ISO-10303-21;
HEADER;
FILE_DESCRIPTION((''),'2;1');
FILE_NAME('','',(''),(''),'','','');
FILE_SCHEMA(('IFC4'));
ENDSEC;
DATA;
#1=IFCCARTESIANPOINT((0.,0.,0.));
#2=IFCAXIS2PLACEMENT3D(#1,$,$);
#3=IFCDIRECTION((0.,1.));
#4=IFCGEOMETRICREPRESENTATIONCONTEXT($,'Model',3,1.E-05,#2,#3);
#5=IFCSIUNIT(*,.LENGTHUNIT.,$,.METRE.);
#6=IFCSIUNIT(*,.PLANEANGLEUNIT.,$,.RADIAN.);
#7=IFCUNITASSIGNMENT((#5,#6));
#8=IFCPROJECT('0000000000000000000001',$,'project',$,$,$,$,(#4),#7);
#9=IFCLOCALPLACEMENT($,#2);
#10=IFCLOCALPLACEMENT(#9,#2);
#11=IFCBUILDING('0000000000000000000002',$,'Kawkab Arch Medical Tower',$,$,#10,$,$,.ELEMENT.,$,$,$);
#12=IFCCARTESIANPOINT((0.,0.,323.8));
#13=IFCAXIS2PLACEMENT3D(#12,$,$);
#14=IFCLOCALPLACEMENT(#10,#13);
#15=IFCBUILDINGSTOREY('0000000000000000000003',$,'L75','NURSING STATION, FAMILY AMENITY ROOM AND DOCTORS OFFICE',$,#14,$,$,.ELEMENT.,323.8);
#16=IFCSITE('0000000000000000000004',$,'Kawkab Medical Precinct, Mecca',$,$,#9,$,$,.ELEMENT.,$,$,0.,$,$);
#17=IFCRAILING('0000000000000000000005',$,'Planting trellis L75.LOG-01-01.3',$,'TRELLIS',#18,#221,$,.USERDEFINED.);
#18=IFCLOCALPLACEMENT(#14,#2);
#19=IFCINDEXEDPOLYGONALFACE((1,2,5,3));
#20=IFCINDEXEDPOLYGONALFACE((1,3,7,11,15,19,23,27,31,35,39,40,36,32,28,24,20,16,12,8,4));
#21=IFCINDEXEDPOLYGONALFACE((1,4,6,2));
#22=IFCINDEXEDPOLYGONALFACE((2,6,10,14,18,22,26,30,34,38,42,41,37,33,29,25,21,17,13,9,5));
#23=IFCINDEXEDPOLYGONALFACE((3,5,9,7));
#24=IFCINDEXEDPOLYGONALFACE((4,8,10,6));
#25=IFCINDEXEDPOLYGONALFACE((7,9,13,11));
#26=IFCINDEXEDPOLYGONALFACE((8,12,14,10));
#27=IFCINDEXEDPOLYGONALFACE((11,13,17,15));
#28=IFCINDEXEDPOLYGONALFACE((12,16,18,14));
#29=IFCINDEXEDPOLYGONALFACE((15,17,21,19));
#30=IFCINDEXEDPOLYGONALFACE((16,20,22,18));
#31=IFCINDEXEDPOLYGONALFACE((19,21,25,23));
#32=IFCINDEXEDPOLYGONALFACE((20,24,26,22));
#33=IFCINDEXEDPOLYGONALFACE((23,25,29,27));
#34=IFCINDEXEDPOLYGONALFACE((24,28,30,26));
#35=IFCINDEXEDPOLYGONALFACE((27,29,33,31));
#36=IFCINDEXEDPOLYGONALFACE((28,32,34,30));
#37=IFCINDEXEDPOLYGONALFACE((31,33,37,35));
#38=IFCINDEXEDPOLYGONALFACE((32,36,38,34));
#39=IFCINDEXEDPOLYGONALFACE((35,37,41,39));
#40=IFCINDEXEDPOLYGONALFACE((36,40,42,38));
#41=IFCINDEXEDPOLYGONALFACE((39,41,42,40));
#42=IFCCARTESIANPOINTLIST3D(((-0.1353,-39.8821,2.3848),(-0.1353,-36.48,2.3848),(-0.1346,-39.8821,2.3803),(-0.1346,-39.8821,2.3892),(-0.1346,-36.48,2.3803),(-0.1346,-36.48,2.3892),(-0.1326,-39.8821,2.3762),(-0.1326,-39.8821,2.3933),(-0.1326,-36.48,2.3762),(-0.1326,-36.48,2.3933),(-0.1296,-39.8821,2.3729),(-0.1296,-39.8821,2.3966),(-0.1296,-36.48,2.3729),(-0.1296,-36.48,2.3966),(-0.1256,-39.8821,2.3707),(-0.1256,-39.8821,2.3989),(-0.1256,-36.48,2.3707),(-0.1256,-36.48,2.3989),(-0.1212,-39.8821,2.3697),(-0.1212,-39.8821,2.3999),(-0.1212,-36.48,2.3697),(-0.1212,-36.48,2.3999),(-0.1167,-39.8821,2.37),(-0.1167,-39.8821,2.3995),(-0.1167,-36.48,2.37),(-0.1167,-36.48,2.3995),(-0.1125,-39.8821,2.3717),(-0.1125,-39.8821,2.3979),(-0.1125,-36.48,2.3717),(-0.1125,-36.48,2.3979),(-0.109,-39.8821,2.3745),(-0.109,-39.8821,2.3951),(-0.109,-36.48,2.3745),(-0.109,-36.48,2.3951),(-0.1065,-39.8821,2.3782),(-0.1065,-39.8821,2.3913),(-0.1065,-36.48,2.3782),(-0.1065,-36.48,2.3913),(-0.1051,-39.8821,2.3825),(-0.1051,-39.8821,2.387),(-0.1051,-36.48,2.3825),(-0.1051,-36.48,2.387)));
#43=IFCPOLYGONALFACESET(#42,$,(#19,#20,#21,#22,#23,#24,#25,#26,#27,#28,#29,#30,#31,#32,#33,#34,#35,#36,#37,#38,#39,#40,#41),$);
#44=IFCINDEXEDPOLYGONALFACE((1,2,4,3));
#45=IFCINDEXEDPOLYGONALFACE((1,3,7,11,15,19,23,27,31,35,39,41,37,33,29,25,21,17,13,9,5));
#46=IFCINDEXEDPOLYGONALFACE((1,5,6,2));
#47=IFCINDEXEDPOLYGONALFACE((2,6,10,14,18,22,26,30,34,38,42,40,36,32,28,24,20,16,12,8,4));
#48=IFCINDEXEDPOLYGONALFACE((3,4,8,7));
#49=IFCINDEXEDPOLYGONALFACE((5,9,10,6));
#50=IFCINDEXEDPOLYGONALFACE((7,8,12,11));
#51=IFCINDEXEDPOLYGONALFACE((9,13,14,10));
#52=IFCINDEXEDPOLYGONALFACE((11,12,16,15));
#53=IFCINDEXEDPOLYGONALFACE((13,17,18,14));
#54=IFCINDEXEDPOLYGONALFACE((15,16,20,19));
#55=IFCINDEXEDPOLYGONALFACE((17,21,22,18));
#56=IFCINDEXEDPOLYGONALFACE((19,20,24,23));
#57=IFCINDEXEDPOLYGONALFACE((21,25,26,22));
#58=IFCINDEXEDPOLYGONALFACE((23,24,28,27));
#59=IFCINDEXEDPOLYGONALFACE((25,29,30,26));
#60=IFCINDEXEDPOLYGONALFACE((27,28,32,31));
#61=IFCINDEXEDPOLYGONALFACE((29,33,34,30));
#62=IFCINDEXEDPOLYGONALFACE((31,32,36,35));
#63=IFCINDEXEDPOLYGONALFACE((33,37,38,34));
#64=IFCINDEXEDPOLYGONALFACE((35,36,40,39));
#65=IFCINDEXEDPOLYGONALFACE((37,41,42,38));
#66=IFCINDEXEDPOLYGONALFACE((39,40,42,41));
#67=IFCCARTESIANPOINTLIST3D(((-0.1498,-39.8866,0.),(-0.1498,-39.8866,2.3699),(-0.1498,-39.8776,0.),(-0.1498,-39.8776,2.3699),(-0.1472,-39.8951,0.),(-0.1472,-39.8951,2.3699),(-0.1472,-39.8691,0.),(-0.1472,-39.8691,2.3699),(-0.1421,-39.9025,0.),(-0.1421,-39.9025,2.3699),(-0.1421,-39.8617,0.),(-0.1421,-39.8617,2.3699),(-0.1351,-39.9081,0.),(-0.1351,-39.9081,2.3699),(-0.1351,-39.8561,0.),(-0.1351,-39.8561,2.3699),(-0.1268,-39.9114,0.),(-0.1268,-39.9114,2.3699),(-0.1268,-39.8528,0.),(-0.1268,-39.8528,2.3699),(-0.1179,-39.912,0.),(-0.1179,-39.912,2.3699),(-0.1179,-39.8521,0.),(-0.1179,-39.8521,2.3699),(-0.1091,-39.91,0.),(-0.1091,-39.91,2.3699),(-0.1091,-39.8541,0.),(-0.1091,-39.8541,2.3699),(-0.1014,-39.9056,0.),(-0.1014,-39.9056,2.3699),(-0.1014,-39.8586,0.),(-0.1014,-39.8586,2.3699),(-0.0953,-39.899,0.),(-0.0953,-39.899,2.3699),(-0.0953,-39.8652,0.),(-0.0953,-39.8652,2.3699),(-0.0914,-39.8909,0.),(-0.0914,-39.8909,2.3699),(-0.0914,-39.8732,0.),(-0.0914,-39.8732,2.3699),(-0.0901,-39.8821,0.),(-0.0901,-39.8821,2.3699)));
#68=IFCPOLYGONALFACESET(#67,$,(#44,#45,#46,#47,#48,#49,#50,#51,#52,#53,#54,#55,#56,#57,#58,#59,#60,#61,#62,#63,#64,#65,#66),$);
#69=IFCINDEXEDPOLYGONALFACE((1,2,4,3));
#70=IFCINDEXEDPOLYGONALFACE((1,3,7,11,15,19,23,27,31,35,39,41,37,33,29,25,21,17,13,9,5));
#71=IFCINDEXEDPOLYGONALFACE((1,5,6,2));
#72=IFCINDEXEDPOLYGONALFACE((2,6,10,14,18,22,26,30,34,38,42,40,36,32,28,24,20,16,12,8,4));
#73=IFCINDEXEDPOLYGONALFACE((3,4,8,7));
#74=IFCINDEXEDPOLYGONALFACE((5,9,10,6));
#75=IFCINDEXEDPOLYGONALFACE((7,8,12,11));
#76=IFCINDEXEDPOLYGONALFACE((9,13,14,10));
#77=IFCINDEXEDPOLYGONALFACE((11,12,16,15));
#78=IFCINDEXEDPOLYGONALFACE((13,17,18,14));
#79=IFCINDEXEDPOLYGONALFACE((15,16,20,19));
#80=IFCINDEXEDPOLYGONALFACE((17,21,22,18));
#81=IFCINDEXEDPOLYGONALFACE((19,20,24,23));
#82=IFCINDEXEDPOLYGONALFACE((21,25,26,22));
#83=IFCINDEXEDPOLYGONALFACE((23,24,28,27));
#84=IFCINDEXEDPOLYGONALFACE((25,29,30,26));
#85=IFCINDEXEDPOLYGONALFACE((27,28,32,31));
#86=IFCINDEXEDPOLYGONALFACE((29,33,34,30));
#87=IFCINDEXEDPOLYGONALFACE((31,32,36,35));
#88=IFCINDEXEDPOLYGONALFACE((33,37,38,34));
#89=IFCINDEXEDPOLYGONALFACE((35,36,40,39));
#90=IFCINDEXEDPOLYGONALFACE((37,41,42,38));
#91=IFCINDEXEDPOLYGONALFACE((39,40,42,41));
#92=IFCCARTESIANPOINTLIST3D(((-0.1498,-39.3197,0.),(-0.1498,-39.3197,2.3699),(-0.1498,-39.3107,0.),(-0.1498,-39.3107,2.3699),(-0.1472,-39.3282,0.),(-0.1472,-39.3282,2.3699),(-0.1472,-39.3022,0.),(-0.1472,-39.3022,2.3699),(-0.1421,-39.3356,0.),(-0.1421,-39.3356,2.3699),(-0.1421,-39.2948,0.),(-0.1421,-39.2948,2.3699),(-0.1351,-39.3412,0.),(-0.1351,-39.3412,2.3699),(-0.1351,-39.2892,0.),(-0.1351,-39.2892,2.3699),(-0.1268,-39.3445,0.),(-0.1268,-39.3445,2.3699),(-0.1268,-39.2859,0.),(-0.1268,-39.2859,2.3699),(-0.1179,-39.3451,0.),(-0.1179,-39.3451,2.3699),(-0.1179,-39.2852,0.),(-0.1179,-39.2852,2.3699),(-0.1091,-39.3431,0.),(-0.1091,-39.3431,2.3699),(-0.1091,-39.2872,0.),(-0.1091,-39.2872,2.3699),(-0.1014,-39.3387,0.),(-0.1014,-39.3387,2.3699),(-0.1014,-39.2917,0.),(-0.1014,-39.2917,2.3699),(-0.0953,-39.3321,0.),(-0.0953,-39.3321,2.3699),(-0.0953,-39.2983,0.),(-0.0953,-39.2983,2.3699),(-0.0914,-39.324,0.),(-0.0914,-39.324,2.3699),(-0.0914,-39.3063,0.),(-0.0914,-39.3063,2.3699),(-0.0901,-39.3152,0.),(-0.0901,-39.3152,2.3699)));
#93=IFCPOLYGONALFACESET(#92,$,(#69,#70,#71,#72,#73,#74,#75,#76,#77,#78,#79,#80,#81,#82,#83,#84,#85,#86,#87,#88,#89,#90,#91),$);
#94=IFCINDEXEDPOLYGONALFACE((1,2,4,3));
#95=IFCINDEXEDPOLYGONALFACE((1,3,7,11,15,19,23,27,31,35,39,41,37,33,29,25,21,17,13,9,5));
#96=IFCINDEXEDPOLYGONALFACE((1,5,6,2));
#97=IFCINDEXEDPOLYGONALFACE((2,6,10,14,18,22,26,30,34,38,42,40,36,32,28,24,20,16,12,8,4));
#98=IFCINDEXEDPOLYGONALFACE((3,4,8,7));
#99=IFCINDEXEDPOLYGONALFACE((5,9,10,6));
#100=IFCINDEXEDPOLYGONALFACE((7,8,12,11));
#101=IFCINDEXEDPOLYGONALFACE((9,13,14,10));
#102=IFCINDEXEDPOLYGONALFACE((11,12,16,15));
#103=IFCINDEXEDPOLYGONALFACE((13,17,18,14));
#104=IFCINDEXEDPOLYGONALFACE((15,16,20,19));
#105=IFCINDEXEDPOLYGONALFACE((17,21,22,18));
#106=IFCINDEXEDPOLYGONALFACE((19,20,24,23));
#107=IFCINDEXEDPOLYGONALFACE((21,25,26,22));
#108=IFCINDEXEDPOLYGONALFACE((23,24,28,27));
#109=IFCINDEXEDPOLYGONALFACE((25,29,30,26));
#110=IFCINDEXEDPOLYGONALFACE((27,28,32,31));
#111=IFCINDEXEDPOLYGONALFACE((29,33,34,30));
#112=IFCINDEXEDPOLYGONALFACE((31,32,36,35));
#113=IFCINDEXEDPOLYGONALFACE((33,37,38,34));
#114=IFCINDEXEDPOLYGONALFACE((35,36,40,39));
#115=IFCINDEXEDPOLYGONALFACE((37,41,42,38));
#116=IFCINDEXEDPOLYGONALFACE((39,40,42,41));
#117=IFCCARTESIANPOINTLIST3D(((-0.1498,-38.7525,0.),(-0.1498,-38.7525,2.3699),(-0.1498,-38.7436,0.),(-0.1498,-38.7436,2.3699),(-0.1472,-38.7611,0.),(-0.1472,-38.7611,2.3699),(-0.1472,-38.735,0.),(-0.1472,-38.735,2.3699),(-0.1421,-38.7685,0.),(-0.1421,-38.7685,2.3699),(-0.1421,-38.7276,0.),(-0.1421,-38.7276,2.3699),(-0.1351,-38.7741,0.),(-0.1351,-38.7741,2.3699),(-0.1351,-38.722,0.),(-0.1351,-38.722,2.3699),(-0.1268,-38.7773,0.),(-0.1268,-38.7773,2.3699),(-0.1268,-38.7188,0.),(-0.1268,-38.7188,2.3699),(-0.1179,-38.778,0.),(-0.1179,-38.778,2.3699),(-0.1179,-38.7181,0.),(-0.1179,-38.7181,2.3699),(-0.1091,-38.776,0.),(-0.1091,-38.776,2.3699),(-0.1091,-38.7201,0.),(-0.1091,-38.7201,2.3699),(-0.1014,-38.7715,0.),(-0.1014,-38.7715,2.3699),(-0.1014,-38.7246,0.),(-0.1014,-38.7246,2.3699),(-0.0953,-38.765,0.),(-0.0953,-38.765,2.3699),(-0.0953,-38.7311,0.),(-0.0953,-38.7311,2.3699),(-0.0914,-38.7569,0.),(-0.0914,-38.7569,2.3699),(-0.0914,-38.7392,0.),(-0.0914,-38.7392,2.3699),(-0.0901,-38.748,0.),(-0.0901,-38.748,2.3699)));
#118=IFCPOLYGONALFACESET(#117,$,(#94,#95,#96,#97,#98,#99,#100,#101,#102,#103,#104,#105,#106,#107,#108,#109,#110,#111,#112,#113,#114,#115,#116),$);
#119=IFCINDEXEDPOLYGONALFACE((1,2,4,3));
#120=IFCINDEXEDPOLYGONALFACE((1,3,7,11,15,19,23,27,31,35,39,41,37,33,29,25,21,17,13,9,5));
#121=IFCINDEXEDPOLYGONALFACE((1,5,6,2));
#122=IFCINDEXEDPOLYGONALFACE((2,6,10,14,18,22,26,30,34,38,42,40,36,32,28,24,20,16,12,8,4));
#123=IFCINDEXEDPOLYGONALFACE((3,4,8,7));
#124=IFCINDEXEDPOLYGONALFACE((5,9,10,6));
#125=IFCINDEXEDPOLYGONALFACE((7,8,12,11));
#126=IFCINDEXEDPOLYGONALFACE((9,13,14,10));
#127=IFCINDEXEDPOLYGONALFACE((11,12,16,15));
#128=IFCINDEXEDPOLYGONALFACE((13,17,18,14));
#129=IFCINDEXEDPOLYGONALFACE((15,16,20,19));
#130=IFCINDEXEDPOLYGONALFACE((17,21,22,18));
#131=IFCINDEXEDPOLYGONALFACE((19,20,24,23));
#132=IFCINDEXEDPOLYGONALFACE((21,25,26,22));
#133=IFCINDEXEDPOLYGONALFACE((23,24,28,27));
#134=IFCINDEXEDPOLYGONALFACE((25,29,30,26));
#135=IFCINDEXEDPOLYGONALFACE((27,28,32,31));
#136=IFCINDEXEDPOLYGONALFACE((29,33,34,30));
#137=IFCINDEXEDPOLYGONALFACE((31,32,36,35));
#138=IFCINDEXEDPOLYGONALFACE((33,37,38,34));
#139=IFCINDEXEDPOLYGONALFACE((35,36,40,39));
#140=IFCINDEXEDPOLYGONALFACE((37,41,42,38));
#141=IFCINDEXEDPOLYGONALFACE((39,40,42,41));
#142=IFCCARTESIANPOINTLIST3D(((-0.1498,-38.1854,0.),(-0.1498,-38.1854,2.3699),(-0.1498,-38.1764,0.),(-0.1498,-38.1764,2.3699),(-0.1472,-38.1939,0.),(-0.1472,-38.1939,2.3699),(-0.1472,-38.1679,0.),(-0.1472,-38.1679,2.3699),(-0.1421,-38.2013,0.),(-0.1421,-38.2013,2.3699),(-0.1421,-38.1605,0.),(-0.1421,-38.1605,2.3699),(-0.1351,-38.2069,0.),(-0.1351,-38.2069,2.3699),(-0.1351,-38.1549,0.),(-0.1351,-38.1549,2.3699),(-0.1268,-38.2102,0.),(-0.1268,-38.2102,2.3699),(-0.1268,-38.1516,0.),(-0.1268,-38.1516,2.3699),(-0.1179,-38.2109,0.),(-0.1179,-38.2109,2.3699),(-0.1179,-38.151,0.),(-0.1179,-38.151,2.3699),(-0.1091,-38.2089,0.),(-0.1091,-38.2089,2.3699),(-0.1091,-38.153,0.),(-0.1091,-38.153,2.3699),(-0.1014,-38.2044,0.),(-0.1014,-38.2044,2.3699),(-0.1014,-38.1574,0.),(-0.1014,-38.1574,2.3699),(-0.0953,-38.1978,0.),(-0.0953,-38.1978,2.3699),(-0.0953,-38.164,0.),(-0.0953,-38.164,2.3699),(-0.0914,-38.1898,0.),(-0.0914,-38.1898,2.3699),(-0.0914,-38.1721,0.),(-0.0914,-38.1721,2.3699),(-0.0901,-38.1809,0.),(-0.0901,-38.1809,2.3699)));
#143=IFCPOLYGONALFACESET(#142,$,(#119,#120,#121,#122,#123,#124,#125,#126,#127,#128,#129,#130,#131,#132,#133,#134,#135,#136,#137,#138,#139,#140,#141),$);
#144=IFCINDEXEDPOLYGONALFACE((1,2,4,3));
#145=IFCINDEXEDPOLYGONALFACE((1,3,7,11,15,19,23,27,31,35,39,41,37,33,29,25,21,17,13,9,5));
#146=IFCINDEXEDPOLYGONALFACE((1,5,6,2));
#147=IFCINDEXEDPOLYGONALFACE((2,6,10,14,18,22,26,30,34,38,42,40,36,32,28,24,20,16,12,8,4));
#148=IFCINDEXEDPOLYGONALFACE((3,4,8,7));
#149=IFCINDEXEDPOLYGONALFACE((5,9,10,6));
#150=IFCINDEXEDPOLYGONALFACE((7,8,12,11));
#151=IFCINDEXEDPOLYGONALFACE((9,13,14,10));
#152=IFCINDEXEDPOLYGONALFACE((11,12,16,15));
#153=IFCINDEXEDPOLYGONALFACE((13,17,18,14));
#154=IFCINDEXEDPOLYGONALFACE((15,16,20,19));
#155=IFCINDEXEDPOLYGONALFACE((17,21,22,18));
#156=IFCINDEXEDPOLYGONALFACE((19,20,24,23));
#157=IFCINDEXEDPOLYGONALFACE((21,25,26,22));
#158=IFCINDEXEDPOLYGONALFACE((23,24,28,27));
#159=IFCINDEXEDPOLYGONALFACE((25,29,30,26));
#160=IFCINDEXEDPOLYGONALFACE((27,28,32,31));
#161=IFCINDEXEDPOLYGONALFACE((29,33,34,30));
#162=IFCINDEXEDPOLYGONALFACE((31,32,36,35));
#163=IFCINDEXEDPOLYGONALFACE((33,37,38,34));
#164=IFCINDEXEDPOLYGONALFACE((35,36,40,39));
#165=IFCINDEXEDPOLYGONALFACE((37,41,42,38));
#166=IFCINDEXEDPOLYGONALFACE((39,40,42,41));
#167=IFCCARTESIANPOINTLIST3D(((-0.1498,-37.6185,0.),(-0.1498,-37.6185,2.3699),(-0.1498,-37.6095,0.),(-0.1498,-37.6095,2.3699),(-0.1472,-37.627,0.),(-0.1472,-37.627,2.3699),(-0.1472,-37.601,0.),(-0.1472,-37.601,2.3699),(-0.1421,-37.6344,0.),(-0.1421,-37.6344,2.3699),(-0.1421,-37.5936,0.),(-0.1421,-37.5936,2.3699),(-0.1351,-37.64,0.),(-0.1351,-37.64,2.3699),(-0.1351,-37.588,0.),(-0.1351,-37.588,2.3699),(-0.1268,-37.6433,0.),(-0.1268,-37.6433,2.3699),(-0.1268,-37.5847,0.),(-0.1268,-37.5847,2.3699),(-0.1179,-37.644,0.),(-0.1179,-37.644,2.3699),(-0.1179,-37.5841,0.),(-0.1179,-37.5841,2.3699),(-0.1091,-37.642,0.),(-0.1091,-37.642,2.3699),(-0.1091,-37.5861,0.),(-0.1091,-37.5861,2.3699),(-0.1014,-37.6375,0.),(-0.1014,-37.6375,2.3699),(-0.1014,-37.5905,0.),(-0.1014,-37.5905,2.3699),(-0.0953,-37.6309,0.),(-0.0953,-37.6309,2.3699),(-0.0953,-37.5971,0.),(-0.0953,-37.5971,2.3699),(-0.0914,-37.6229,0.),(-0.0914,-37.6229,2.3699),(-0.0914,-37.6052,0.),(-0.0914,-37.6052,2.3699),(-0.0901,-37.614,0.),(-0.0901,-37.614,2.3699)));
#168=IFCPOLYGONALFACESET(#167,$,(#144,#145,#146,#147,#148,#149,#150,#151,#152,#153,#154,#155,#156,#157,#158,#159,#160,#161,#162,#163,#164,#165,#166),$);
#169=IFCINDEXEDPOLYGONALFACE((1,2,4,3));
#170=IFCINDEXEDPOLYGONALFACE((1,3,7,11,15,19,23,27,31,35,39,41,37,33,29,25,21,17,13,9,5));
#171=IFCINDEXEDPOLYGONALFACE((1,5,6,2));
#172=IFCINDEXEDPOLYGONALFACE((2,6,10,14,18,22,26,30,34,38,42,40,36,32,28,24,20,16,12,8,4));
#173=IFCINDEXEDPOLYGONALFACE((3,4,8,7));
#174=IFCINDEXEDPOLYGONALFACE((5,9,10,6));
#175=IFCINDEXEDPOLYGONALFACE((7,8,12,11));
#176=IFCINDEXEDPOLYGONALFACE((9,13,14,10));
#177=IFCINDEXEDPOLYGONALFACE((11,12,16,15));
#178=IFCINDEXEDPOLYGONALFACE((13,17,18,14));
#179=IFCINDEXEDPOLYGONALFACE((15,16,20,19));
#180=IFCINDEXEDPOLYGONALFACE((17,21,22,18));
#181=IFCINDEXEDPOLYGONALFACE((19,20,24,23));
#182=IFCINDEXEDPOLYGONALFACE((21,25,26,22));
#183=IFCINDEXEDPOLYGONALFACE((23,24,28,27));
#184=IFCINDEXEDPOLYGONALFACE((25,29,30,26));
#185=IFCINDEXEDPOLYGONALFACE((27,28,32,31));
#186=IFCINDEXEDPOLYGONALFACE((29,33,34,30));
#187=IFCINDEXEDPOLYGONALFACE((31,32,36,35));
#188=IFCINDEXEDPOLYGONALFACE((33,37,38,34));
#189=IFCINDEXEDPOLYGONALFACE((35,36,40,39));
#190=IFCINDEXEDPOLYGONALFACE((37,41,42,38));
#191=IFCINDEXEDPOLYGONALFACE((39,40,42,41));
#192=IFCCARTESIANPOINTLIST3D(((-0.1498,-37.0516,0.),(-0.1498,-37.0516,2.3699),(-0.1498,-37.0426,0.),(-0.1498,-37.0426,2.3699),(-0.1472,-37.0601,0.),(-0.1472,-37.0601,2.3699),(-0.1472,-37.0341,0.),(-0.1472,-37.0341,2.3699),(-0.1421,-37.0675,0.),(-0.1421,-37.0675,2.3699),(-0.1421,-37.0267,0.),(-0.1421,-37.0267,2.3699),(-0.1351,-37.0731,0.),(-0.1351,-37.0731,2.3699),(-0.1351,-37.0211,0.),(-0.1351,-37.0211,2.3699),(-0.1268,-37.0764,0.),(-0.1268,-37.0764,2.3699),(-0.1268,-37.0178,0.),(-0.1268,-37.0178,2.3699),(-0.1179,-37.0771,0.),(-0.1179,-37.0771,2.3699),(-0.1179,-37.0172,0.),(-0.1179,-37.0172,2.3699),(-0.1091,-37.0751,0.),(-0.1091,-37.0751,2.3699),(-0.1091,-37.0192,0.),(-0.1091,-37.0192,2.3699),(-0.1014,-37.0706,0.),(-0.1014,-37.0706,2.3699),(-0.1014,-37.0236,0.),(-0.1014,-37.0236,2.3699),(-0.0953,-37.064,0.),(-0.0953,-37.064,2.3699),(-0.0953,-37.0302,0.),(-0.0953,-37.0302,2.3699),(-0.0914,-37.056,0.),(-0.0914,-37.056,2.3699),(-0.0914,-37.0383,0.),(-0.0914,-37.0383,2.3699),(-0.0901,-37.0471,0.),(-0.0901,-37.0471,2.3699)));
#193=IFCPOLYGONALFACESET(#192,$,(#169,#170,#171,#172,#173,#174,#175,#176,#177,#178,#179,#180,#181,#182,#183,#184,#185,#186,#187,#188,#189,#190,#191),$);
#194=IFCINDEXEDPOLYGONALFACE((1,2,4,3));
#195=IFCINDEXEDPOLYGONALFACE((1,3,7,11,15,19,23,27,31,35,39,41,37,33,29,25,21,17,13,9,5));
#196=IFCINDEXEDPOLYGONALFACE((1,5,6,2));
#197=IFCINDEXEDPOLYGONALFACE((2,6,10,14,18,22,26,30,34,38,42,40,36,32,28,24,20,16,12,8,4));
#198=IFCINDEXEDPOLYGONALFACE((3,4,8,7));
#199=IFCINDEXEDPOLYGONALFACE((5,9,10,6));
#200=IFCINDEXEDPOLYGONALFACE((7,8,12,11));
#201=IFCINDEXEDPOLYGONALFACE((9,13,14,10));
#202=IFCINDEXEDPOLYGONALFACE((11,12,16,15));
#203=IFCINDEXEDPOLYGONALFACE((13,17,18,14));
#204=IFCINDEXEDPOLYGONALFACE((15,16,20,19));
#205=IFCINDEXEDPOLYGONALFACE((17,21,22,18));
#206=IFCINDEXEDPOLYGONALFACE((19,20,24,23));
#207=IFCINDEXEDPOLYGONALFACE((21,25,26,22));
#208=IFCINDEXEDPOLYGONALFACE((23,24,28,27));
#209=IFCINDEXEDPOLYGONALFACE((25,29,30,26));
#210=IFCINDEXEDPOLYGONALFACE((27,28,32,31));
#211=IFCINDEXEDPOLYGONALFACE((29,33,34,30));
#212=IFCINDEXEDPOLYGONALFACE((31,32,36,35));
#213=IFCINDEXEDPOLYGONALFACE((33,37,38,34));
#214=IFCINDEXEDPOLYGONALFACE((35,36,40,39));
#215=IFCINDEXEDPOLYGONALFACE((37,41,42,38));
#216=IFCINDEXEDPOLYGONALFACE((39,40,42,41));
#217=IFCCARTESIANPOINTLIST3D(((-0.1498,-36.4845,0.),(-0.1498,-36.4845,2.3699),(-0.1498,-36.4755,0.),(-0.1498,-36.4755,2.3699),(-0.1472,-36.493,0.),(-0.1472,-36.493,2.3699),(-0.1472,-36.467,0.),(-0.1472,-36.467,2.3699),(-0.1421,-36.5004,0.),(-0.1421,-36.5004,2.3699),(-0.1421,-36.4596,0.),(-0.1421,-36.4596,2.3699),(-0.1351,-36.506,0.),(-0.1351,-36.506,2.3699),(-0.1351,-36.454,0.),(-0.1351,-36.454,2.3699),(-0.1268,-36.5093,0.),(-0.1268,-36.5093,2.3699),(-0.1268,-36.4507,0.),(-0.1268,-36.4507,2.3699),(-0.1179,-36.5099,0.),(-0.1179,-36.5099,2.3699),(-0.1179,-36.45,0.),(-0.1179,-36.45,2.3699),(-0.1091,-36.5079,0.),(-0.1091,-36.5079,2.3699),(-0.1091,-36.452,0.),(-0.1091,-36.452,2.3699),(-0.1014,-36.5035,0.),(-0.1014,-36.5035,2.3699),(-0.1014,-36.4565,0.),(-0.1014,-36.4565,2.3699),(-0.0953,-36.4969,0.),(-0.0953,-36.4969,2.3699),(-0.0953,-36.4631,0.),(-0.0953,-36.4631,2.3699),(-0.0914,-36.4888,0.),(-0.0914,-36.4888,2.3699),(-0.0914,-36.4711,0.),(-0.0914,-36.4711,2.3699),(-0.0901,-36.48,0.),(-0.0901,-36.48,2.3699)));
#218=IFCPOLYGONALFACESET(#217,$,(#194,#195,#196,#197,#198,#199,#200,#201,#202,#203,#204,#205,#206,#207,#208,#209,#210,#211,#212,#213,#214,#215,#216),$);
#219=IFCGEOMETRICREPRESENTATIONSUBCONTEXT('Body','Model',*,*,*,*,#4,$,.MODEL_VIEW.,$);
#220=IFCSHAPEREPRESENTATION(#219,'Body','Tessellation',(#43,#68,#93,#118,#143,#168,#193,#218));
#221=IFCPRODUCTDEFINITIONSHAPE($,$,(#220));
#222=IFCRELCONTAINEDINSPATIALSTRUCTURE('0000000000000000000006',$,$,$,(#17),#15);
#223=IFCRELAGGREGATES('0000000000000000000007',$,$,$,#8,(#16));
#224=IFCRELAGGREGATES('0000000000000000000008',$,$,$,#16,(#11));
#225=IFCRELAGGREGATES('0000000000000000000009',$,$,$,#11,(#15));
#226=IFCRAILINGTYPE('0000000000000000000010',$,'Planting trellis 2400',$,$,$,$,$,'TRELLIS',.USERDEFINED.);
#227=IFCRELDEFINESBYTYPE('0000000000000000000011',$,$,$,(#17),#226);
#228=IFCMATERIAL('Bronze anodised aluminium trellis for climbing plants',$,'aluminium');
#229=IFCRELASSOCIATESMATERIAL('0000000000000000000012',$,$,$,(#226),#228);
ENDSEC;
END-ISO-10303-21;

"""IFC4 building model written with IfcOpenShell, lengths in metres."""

from ifc_helpers import new_model, si_unit, direction, frame, origin, origin_2d, place, context, subcontext, project, spatial, circle, extrude, material, type_object, element, save


model = new_model("IFC4")

# Units and contexts
model_context = context("Model", 3, precision=1e-05, world=origin(), true_north=direction((0.0, 1.0)))
body_context = subcontext(model_context, "Body", "Model", "MODEL_VIEW")
ifc_project = project(units=[si_unit("LENGTHUNIT", "METRE"), si_unit("PLANEANGLEUNIT", "RADIAN")], contexts=[model_context])

# Site, building, storey
site_placement = place(None, origin())
site = spatial("IfcSite", under=ifc_project, at=site_placement, Name="Kawkab Medical Precinct, Mecca", CompositionType="ELEMENT", RefElevation=0.0)
building_placement = place(site_placement, origin())
building = spatial("IfcBuilding", under=site, at=building_placement, Name="Kawkab Arch Medical Tower", CompositionType="ELEMENT")
storey_placement = place(building_placement, frame((0.0, 0.0, 323.8)))
storey = spatial("IfcBuildingStorey", under=building, at=storey_placement, Name="L75", Description="NURSING STATION, FAMILY AMENITY ROOM AND DOCTORS OFFICE", CompositionType="ELEMENT", Elevation=323.8)

# Railing
ifc_material_1 = material(Name="Bronze anodised aluminium trellis for climbing plants", Category="aluminium")
railing_type_1 = type_object("IfcRailingType", Name="Planting trellis 2400", ElementType="TRELLIS", PredefinedType="USERDEFINED", material=ifc_material_1)
railing_1_placement = place(storey_placement, frame((-0.1201, -39.8821, 0.0)))
element("IfcRailing", 1, at=railing_1_placement, inside=storey, type_object=railing_type_1, Name="Planting trellis L75.LOG-01-01.3", ObjectType="TRELLIS", PredefinedType="USERDEFINED", context=body_context, shape_type="SweptSolid", body=[
    extrude(circle(Radius=0.0151, at=origin_2d()), frame((0.0, 0.0, 2.3848), z_axis=(0.0, 1.0, 0.0), x_axis=(-1.0, 0.0, 0.0)), (0.0, 0.0, 1.0), 3.4021),
    extrude(circle(Radius=0.03, at=origin_2d()), origin(), (0.0, 0.0, 1.0), 2.3699),
    extrude(circle(Radius=0.03, at=origin_2d()), frame((0.0, 0.5669, 0.0)), (0.0, 0.0, 1.0), 2.3699),
    extrude(circle(Radius=0.03, at=origin_2d()), frame((0.0, 1.134, 0.0)), (0.0, 0.0, 1.0), 2.3699),
    extrude(circle(Radius=0.03, at=origin_2d()), frame((0.0, 1.7012, 0.0)), (0.0, 0.0, 1.0), 2.3699),
    extrude(circle(Radius=0.03, at=origin_2d()), frame((0.0, 2.2681, 0.0)), (0.0, 0.0, 1.0), 2.3699),
    extrude(circle(Radius=0.03, at=origin_2d()), frame((0.0, 2.835, 0.0)), (0.0, 0.0, 1.0), 2.3699),
    extrude(circle(Radius=0.03, at=origin_2d()), frame((0.0, 3.4021, 0.0)), (0.0, 0.0, 1.0), 2.3699),
])

save(model, "model.ifc")
